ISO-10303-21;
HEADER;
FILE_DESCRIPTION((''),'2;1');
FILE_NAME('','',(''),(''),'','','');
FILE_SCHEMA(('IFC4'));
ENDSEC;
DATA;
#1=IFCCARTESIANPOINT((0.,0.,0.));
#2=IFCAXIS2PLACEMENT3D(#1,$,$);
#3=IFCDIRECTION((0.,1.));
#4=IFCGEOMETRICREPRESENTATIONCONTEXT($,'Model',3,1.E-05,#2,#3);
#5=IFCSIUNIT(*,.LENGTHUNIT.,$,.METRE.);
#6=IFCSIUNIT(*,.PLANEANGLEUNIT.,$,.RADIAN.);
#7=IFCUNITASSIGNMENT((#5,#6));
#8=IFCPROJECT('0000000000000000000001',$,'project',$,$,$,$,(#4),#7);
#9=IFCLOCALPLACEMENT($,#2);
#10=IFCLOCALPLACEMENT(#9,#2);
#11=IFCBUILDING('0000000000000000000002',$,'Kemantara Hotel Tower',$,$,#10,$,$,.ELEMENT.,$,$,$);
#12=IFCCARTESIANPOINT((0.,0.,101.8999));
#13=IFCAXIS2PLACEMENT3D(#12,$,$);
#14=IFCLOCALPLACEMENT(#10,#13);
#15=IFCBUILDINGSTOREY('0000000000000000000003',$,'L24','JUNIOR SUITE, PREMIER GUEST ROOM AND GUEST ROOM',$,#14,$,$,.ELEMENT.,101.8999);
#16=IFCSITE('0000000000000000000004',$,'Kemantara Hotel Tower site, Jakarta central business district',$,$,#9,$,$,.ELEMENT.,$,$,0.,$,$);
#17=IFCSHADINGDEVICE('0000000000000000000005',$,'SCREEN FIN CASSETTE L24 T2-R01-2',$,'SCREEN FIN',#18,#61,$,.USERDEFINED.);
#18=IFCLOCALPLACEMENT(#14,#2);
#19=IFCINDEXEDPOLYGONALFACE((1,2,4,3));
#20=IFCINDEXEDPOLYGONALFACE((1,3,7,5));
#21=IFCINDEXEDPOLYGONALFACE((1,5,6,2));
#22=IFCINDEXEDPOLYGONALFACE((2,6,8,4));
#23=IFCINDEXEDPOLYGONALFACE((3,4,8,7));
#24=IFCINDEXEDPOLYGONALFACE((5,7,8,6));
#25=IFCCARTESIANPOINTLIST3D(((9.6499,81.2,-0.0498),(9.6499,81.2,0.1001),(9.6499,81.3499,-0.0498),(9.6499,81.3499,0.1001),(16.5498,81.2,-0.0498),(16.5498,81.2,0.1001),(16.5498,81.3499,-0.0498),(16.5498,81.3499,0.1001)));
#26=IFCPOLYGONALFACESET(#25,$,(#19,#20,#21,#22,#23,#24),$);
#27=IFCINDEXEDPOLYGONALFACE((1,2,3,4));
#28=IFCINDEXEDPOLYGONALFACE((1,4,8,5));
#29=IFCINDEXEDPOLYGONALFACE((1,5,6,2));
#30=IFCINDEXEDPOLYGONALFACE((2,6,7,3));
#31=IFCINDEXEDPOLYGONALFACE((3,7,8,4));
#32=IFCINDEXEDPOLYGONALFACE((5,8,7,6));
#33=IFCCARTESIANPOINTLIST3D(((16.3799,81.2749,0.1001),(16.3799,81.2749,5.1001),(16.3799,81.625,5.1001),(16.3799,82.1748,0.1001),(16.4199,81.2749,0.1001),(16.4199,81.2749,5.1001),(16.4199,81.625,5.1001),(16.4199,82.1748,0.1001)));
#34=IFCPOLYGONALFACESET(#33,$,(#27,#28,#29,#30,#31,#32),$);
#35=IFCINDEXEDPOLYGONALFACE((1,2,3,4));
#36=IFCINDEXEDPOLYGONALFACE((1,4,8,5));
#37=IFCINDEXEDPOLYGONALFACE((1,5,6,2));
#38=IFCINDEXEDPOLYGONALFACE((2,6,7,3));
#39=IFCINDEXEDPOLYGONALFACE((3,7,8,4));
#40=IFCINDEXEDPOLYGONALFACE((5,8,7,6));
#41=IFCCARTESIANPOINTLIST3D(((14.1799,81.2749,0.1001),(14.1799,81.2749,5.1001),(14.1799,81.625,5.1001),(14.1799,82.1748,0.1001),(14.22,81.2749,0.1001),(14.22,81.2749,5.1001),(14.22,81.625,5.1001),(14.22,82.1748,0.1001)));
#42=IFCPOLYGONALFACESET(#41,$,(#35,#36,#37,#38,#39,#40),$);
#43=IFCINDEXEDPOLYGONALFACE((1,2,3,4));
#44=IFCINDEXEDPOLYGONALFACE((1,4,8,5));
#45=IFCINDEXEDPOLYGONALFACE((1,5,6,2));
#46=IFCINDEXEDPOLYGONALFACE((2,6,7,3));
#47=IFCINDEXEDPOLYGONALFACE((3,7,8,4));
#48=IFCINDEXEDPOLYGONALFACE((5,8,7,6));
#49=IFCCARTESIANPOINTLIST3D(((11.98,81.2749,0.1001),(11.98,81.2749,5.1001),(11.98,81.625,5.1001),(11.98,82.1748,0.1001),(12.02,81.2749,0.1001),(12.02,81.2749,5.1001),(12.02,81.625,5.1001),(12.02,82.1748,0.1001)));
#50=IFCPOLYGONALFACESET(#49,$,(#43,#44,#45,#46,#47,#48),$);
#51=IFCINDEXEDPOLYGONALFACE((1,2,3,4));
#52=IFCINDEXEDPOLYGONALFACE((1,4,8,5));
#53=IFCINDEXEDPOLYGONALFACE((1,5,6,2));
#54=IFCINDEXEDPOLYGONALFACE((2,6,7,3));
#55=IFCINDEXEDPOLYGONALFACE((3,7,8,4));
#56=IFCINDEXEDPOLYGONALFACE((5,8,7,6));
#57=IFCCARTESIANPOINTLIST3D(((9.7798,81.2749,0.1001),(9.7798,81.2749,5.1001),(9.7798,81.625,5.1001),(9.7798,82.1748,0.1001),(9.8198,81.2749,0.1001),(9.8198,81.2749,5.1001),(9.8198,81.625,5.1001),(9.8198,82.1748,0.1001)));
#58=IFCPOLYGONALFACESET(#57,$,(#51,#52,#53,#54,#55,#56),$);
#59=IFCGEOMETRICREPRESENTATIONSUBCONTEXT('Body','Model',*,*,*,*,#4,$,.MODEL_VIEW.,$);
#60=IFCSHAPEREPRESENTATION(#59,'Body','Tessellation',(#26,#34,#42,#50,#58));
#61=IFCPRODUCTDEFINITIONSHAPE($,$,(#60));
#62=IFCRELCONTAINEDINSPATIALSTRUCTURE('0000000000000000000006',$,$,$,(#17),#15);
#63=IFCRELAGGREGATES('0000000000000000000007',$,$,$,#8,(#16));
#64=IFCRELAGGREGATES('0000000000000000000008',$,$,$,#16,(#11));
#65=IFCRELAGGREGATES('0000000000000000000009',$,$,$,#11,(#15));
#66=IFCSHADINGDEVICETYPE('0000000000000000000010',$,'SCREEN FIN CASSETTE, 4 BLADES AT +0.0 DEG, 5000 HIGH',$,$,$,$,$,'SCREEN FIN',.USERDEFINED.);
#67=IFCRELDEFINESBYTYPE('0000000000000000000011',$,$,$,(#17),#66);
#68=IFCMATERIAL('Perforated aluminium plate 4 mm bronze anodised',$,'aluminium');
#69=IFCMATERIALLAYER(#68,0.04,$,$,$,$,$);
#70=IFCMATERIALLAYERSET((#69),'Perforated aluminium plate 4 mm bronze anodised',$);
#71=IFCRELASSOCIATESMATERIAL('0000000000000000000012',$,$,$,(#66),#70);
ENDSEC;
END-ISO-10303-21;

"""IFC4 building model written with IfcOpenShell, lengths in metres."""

from ifc_helpers import new_model, si_unit, direction, frame, origin, origin_2d, place, context, subcontext, project, spatial, polyline, rectangle, outline, extrude, source, transform, mapped, material, layer, layer_set, type_object, element, save


model = new_model("IFC4")

# Units and contexts
model_context = context("Model", 3, precision=1e-05, world=origin(), true_north=direction((0.0, 1.0)))
body_context = subcontext(model_context, "Body", "Model", "MODEL_VIEW")
ifc_project = project(units=[si_unit("LENGTHUNIT", "METRE"), si_unit("PLANEANGLEUNIT", "RADIAN")], contexts=[model_context])

# Site, building, storey
site_placement = place(None, origin())
site = spatial("IfcSite", under=ifc_project, at=site_placement, Name="Kemantara Hotel Tower site, Jakarta central business district", CompositionType="ELEMENT", RefElevation=0.0)
building_placement = place(site_placement, origin())
building = spatial("IfcBuilding", under=site, at=building_placement, Name="Kemantara Hotel Tower", CompositionType="ELEMENT")
storey_placement = place(building_placement, frame((0.0, 0.0, 101.8999)))
storey = spatial("IfcBuildingStorey", under=building, at=storey_placement, Name="L24", Description="JUNIOR SUITE, PREMIER GUEST ROOM AND GUEST ROOM", CompositionType="ELEMENT", Elevation=101.8999)

# Shading device
ifc_material_1 = material(Name="Perforated aluminium plate 4 mm bronze anodised", Category="aluminium")
ifc_layer_1 = layer(ifc_material_1, 0.04)
ifc_layer_set_1 = layer_set([ifc_layer_1], Name="Perforated aluminium plate 4 mm bronze anodised")
shading_device_type_1 = type_object("IfcShadingDeviceType", Name="SCREEN FIN CASSETTE, 4 BLADES AT +0.0 DEG, 5000 HIGH", ElementType="SCREEN FIN", PredefinedType="USERDEFINED", material=ifc_layer_set_1)
shared_shape_1 = source(origin(), body_context, "Body", "SweptSolid", [
    extrude(rectangle(XDim=6.8999, YDim=0.1499, at=origin_2d()), frame((3.3, -0.075, -0.1499), z_axis=(0.0, 0.0, 1.0), x_axis=(1.0, 0.0, 0.0)), (0.0, 0.0, 1.0), 0.1499),
    extrude(outline(polyline([(0.0, 0.0), (0.8999, 0.0), (0.3501, 5.0), (0.0, 5.0), (0.0, 0.0)])), frame((0.02, -0.075, 0.0), z_axis=(-1.0, 0.0, 0.0), x_axis=(0.0, -1.0, 0.0)), (0.0, 0.0, 1.0), 0.04),
    extrude(outline(polyline([(0.0, 0.0), (0.8999, 0.0), (0.3501, 5.0), (0.0, 5.0), (0.0, 0.0)])), frame((2.22, -0.075, 0.0), z_axis=(-1.0, 0.0, 0.0), x_axis=(0.0, -1.0, 0.0)), (0.0, 0.0, 1.0), 0.04),
    extrude(outline(polyline([(0.0, 0.0), (0.8999, 0.0), (0.3501, 5.0), (0.0, 5.0), (0.0, 0.0)])), frame((4.4199, -0.075, 0.0), z_axis=(-1.0, 0.0, 0.0), x_axis=(0.0, -1.0, 0.0)), (0.0, 0.0, 1.0), 0.04),
    extrude(outline(polyline([(0.0, 0.0), (0.8999, 0.0), (0.3501, 5.0), (0.0, 5.0), (0.0, 0.0)])), frame((6.6201, -0.075, 0.0), z_axis=(-1.0, 0.0, 0.0), x_axis=(0.0, -1.0, 0.0)), (0.0, 0.0, 1.0), 0.04),
])
shading_device_1_placement = place(storey_placement, frame((16.3999, 81.2, 0.1001), z_axis=(0.0, 0.0, 1.0), x_axis=(-1.0, 0.0, 0.0)))
element("IfcShadingDevice", 1, at=shading_device_1_placement, inside=storey, type_object=shading_device_type_1, Name="SCREEN FIN CASSETTE L24 T2-R01-2", ObjectType="SCREEN FIN", PredefinedType="USERDEFINED", context=body_context, shape_type="MappedRepresentation", body=[
    mapped(shared_shape_1, transform((0.0, 0.0, 0.0))),
])

save(model, "model.ifc")
